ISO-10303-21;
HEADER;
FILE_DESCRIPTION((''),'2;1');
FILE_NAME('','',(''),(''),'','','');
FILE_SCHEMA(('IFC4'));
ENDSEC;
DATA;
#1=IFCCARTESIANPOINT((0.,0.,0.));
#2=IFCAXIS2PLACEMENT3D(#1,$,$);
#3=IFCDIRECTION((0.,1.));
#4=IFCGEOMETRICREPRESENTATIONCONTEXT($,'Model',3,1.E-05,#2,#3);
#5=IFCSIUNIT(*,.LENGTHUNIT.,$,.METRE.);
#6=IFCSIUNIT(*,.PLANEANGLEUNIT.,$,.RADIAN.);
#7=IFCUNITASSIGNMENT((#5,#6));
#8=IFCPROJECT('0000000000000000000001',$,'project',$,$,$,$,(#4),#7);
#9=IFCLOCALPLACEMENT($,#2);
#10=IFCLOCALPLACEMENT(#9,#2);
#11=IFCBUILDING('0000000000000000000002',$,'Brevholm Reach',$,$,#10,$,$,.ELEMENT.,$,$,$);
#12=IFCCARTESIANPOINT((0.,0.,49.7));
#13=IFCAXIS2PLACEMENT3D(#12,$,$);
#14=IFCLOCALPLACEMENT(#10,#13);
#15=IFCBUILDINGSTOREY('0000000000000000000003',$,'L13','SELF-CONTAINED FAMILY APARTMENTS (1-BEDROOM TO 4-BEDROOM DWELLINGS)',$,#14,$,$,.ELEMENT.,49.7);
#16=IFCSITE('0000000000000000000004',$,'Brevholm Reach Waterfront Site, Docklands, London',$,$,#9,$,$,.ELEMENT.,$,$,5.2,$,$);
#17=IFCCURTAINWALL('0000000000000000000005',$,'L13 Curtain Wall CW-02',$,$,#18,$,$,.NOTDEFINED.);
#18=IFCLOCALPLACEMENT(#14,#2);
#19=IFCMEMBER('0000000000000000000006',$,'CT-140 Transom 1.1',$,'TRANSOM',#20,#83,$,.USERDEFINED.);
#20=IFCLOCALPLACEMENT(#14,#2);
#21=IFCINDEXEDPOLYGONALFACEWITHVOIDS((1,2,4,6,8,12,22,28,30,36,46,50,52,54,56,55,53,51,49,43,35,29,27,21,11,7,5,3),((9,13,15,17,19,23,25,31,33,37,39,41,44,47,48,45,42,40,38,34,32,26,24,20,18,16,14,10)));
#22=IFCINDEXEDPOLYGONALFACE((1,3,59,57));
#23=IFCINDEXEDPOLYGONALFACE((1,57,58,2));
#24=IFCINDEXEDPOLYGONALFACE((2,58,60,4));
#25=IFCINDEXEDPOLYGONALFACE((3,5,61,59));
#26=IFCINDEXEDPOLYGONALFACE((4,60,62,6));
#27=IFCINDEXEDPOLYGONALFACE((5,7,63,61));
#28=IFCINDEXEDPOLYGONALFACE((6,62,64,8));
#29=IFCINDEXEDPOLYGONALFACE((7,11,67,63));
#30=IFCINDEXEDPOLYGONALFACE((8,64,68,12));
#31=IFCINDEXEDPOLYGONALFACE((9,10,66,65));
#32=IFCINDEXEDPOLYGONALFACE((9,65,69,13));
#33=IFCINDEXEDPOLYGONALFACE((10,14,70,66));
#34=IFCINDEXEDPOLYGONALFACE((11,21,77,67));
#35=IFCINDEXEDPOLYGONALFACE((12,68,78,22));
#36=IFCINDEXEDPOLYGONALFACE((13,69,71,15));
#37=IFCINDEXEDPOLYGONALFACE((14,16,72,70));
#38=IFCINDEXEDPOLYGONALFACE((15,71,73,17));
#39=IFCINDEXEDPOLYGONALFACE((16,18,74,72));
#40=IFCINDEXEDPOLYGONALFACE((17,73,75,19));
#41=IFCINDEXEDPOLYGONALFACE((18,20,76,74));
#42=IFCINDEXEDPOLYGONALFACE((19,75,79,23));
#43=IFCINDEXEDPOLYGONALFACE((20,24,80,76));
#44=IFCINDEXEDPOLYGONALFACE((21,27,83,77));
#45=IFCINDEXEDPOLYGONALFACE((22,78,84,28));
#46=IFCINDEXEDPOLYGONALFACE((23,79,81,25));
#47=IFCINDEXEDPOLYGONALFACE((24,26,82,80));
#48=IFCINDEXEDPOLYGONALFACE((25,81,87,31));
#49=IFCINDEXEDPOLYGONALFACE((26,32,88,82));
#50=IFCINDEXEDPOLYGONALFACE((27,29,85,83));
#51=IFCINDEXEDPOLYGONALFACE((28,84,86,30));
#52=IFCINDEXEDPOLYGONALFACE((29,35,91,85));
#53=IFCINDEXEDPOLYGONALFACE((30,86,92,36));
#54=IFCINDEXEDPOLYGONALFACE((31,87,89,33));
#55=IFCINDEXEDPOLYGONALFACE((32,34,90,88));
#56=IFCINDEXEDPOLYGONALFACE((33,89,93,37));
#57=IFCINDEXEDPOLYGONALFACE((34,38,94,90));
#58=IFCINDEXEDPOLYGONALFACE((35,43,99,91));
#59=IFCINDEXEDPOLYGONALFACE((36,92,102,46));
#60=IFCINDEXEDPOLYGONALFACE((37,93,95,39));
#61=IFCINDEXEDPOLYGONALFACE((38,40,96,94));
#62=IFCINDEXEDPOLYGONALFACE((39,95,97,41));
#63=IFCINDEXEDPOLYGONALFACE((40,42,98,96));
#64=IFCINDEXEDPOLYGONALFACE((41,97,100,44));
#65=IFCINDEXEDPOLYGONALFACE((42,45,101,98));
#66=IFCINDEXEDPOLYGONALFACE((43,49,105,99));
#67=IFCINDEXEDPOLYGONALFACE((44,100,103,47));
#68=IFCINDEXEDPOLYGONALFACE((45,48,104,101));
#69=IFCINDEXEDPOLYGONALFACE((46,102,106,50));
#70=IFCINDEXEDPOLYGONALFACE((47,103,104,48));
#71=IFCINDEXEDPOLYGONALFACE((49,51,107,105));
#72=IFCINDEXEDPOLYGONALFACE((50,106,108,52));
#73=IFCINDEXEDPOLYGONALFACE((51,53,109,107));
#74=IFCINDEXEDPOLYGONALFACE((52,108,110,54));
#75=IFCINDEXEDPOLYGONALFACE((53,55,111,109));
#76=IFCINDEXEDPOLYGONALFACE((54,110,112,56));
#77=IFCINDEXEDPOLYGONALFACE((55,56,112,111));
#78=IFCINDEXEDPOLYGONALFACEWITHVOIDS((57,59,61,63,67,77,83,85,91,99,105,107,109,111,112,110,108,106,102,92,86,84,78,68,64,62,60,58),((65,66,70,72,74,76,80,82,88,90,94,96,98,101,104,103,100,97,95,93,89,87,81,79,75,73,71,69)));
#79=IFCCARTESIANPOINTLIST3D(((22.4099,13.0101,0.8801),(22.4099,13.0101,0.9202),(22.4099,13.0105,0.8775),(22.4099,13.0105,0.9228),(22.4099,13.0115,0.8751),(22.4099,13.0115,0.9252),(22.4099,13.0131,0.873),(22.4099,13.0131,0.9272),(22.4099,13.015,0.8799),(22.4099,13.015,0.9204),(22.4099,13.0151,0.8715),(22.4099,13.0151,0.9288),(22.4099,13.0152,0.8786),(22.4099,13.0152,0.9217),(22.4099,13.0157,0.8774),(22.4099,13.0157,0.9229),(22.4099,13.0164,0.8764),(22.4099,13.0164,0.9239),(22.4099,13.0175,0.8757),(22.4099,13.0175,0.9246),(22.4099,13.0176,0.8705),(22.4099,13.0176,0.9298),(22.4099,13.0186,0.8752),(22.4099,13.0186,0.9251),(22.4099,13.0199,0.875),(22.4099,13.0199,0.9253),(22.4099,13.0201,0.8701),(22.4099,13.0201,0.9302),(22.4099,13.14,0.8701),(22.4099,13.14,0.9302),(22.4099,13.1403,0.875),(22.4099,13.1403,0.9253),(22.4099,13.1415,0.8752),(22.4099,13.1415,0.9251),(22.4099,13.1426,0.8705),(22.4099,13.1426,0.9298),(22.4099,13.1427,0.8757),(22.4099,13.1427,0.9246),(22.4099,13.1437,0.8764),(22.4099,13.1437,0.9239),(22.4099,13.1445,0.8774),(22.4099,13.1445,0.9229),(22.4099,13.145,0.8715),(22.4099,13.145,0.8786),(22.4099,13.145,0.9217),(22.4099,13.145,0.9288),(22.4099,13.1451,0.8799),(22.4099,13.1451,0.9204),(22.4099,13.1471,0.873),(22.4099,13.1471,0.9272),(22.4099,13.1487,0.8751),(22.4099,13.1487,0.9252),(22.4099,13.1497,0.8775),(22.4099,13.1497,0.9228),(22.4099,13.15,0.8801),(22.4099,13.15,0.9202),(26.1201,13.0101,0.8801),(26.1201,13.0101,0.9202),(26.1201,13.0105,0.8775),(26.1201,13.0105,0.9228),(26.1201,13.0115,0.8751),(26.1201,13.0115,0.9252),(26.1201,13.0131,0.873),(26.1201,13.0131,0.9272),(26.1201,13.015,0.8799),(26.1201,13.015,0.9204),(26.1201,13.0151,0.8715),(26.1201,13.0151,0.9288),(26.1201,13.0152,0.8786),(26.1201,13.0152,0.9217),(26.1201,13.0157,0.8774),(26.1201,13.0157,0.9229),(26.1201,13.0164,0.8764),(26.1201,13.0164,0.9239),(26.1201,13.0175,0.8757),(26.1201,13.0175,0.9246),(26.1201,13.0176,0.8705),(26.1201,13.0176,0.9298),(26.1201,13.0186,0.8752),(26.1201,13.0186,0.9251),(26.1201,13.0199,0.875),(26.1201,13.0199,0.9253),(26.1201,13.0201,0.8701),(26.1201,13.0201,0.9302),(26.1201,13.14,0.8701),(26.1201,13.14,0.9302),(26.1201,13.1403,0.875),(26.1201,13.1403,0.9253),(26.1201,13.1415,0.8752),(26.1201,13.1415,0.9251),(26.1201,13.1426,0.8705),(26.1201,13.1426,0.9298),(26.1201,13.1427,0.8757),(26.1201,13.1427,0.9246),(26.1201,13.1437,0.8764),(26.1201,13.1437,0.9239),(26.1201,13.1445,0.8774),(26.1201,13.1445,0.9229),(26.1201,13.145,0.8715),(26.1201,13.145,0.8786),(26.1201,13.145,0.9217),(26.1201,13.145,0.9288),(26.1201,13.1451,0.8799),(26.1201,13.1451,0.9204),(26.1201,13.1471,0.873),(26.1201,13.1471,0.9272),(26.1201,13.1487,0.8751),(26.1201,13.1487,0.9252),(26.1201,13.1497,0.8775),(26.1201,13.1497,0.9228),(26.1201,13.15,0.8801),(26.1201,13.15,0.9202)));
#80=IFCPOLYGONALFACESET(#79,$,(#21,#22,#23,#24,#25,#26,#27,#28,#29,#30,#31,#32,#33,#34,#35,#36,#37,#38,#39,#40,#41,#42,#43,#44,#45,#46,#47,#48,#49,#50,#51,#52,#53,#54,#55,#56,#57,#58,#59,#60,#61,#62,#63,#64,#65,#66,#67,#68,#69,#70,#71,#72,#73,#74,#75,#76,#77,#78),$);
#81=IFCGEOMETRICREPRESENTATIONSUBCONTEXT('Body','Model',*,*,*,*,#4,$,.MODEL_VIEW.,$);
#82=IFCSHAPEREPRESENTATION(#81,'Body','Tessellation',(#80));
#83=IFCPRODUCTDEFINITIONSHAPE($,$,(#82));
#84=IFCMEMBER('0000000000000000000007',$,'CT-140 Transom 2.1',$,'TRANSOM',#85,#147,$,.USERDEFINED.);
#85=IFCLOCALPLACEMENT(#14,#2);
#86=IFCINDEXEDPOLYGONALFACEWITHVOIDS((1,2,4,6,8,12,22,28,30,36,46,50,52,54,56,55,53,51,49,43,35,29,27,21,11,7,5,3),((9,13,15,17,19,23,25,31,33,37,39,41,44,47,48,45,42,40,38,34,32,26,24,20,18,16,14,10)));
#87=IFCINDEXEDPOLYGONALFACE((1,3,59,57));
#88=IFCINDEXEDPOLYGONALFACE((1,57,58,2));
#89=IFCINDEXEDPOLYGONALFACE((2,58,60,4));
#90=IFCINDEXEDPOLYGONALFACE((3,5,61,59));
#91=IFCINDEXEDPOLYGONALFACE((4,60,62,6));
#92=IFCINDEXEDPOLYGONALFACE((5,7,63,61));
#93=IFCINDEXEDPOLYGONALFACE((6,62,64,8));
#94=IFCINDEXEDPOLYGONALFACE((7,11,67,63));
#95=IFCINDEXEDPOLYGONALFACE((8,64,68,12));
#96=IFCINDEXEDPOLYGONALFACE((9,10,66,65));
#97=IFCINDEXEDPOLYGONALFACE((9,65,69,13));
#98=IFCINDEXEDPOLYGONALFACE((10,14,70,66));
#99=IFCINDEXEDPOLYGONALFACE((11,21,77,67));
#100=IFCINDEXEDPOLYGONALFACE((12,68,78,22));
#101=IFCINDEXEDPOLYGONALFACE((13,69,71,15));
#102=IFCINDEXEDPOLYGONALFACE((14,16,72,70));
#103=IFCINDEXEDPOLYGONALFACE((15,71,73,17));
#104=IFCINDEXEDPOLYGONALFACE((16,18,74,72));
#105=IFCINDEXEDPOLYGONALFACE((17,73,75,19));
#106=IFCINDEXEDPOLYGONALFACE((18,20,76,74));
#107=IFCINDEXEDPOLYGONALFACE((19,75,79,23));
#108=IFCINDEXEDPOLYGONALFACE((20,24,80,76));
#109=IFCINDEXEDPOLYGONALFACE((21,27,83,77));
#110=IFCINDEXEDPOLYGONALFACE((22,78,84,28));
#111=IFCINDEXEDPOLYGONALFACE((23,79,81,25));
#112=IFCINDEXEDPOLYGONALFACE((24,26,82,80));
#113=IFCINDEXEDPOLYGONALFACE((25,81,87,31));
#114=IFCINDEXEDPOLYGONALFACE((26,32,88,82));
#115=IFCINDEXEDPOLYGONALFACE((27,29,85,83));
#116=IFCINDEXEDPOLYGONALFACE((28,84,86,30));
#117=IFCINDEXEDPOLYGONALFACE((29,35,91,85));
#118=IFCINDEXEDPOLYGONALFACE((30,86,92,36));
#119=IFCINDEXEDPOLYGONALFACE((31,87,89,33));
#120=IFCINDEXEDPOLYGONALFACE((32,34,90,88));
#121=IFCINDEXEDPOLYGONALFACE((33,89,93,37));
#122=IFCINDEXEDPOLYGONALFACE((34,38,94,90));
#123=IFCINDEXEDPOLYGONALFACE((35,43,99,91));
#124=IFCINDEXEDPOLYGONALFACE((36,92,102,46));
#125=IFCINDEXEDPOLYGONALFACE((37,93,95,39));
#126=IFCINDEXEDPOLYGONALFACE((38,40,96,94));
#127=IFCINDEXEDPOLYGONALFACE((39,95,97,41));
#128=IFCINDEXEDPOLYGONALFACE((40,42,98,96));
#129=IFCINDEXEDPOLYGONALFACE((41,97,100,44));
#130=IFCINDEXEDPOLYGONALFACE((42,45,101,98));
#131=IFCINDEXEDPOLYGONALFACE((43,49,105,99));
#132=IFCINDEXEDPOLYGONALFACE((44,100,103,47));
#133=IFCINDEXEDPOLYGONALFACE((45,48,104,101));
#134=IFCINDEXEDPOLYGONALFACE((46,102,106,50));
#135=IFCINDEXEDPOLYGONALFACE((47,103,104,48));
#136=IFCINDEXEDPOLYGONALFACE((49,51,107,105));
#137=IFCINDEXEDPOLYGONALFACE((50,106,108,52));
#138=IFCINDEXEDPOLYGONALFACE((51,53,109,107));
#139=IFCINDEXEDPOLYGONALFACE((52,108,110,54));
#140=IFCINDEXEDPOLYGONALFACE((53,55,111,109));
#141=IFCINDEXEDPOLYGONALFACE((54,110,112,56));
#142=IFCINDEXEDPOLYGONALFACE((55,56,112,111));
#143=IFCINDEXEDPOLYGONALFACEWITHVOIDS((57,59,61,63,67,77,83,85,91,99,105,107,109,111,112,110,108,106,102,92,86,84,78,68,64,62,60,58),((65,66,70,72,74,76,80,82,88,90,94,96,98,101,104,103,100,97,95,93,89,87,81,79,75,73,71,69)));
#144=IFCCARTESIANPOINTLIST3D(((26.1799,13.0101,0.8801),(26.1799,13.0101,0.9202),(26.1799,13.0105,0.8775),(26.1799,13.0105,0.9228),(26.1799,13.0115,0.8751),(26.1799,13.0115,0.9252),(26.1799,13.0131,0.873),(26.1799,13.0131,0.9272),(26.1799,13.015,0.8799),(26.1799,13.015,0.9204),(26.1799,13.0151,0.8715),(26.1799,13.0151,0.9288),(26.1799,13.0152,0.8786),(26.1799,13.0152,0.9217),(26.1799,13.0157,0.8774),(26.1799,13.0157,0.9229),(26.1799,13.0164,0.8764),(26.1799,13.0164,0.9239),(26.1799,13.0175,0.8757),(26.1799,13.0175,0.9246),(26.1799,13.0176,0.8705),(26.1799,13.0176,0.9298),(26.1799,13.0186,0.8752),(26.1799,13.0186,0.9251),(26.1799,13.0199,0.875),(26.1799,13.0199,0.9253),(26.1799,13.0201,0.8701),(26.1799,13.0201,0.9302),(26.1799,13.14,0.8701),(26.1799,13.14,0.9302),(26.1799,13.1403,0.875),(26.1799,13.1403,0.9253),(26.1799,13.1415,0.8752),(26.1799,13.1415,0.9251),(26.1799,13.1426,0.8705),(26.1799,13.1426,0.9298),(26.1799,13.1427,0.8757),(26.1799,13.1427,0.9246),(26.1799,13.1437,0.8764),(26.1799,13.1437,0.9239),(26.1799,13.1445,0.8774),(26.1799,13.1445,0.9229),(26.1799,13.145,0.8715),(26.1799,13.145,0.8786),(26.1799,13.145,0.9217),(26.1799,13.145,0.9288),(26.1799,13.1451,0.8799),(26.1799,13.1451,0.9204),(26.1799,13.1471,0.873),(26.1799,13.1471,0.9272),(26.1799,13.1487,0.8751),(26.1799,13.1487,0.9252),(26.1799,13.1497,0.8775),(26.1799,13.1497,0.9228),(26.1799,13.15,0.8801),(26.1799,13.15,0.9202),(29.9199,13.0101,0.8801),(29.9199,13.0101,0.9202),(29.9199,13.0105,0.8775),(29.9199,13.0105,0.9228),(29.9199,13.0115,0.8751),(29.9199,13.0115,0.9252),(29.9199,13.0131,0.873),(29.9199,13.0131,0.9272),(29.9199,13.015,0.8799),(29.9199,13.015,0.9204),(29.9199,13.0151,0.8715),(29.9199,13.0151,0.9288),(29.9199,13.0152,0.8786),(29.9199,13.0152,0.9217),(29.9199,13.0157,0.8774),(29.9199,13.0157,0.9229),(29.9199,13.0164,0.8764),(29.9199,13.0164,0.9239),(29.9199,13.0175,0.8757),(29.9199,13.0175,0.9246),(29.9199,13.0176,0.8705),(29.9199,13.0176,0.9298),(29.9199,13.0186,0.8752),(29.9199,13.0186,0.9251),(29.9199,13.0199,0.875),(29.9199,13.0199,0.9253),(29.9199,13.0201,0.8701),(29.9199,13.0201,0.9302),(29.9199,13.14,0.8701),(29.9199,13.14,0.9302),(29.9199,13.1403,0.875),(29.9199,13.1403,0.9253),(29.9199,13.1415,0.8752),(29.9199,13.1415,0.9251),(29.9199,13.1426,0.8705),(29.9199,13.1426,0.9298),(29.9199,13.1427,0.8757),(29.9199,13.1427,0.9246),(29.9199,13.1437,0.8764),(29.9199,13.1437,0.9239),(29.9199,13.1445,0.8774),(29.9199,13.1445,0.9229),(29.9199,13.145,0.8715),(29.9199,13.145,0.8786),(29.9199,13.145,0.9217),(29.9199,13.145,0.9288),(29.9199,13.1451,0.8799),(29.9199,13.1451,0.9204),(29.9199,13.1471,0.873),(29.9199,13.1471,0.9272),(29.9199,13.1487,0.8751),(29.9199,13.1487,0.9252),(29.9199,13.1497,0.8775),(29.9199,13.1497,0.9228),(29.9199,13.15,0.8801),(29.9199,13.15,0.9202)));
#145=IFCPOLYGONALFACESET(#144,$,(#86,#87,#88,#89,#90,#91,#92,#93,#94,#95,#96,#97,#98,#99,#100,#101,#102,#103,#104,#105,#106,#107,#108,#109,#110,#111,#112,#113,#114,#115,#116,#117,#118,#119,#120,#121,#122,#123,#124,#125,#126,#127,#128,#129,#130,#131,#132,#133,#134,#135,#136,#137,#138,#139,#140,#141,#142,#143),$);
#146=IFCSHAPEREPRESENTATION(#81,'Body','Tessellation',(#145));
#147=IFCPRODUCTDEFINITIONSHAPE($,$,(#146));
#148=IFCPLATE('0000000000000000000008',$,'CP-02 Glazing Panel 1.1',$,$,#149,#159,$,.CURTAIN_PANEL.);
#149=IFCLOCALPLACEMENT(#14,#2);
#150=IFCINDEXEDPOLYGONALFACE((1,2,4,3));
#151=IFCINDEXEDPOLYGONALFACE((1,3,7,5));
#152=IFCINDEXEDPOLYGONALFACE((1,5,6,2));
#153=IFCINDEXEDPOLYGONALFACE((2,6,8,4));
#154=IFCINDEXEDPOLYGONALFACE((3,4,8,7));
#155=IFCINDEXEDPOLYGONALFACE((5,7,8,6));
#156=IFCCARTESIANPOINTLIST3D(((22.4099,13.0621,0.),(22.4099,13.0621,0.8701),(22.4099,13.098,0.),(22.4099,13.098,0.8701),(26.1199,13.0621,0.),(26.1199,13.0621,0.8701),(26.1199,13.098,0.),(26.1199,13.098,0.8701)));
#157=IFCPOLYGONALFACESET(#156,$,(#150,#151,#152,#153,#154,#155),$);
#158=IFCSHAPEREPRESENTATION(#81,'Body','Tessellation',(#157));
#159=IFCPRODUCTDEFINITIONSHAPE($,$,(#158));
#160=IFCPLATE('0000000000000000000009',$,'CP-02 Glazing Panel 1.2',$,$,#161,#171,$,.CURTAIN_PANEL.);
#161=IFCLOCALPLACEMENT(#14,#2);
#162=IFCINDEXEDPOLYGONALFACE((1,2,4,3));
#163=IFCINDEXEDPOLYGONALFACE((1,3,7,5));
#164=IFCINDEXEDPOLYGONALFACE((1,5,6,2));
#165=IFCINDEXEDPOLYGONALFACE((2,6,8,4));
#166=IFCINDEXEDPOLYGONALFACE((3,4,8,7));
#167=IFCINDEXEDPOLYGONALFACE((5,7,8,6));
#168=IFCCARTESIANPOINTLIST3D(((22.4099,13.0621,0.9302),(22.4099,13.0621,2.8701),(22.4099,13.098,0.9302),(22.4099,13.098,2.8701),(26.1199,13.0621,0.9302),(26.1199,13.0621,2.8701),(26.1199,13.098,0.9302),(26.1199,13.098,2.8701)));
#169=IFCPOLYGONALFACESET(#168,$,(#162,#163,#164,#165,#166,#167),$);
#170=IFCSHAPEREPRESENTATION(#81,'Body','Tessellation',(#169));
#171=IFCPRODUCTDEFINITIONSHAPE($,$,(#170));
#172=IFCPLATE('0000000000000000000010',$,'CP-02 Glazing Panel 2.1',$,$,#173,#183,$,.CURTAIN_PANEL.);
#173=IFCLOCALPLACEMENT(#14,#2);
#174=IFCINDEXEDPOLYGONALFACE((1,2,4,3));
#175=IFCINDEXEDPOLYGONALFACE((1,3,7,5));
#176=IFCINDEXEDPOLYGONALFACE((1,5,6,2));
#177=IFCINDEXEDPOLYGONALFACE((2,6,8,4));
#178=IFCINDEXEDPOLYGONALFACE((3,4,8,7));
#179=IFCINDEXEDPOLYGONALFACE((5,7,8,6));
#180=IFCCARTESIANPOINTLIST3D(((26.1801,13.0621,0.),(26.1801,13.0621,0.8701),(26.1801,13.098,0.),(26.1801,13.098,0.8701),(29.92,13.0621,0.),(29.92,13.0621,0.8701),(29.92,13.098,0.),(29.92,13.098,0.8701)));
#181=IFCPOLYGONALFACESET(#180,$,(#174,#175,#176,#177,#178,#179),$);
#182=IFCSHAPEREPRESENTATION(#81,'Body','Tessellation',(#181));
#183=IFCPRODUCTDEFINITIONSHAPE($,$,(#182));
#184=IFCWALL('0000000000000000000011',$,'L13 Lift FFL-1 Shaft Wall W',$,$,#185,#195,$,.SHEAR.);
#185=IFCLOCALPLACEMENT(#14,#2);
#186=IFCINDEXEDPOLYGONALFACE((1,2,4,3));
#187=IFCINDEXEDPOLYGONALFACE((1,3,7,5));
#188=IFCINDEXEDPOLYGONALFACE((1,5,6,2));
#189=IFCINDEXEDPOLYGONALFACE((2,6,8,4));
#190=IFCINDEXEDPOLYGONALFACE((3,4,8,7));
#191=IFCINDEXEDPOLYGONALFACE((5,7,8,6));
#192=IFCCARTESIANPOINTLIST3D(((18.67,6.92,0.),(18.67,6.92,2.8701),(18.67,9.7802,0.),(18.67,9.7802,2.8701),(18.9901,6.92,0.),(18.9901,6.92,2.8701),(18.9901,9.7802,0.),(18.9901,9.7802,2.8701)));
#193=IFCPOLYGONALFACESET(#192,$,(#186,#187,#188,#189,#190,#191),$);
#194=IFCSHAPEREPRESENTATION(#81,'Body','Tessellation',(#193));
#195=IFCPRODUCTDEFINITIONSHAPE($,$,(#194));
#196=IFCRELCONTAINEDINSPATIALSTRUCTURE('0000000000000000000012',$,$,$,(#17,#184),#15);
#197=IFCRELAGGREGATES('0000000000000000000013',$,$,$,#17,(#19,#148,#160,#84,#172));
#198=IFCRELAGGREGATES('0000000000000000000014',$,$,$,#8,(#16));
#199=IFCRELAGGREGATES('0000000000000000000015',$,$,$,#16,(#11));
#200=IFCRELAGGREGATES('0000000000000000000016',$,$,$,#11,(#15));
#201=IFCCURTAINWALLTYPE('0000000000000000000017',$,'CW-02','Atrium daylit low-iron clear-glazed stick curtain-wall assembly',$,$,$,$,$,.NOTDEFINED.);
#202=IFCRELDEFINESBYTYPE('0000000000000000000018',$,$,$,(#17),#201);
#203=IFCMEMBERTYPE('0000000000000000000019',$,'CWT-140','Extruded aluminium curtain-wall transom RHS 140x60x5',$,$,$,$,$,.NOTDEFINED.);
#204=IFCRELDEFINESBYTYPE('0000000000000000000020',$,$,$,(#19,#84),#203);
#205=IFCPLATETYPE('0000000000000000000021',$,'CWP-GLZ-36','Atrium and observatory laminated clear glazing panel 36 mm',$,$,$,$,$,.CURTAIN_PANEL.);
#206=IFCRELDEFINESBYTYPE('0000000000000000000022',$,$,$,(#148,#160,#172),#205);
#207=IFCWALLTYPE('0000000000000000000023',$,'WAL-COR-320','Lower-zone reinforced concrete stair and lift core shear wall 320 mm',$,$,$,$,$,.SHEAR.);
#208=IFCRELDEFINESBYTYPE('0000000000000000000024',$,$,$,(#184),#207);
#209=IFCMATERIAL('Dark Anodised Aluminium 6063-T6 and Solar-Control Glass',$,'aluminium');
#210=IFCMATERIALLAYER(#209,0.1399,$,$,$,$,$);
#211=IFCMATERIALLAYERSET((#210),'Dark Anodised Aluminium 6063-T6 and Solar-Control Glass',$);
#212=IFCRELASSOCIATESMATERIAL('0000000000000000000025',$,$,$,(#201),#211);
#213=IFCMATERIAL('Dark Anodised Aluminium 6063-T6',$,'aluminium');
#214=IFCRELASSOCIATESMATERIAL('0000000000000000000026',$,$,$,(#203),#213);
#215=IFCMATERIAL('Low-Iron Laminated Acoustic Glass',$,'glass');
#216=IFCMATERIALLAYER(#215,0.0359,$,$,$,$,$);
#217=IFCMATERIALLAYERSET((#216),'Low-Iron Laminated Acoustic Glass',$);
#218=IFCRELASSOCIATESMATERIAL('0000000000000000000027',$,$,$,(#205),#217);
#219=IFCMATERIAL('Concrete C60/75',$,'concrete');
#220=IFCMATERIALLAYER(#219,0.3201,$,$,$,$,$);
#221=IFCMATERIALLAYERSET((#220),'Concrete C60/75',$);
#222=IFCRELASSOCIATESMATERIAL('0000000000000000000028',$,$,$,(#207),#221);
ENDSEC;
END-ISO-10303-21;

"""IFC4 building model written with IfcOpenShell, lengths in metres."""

from ifc_helpers import new_model, si_unit, direction, frame, frame_2d, origin, origin_2d, place, context, subcontext, project, spatial, rectangle, hollow_rectangle, extrude, material, layer, layer_set, material_profile, profile_set, type_object, element, aggregate, save


model = new_model("IFC4")

# Units and contexts
model_context = context("Model", 3, precision=1e-05, world=origin(), true_north=direction((0.0, 1.0)))
body_context = subcontext(model_context, "Body", "Model", "MODEL_VIEW")
ifc_project = project(units=[si_unit("LENGTHUNIT", "METRE"), si_unit("PLANEANGLEUNIT", "RADIAN")], contexts=[model_context])

# Site, building, storey
site_placement = place(None, origin())
site = spatial("IfcSite", under=ifc_project, at=site_placement, Name="Brevholm Reach Waterfront Site, Docklands, London", CompositionType="ELEMENT", RefElevation=5.2)
building_placement = place(site_placement, origin())
building = spatial("IfcBuilding", under=site, at=building_placement, Name="Brevholm Reach", CompositionType="ELEMENT")
storey_placement = place(building_placement, frame((0.0, 0.0, 49.7)))
storey = spatial("IfcBuildingStorey", under=building, at=storey_placement, Name="L13", Description="SELF-CONTAINED FAMILY APARTMENTS (1-BEDROOM TO 4-BEDROOM DWELLINGS)", CompositionType="ELEMENT", Elevation=49.7)

# Curtain wall, members, plates
ifc_material_1 = material(Name="Dark Anodised Aluminium 6063-T6 and Solar-Control Glass", Category="aluminium")
ifc_layer_1 = layer(ifc_material_1, 0.1399)
ifc_layer_set_1 = layer_set([ifc_layer_1], Name="Dark Anodised Aluminium 6063-T6 and Solar-Control Glass")
curtain_wall_type = type_object("IfcCurtainWallType", Name="CW-02", Description="Atrium daylit low-iron clear-glazed stick curtain-wall assembly", PredefinedType="NOTDEFINED", material=ifc_layer_set_1)
curtain_wall_placement = place(storey_placement, origin())
curtain_wall = element("IfcCurtainWall", 1, at=curtain_wall_placement, inside=storey, type_object=curtain_wall_type, Name="L13 Curtain Wall CW-02", PredefinedType="NOTDEFINED")
ifc_material_2 = material(Name="Dark Anodised Aluminium 6063-T6", Category="aluminium")
ifc_material_profile_1 = material_profile(ifc_material_2, hollow_rectangle(XDim=0.0601, YDim=0.1399, WallThickness=0.0049, InnerFilletRadius=0.0049, OuterFilletRadius=0.01, at=origin_2d()), Name="RHS 140x60x5")
ifc_profile_set_1 = profile_set([ifc_material_profile_1], Name="Dark Anodised Aluminium 6063-T6")
member_type_1 = type_object("IfcMemberType", Name="CWT-140", Description="Extruded aluminium curtain-wall transom RHS 140x60x5", PredefinedType="NOTDEFINED", material=ifc_profile_set_1)
member_1_placement = place(storey_placement, frame((22.4099, 13.0801, 0.9001), z_axis=(1.0, 0.0, 0.0), x_axis=(0.0, 0.0, 1.0)))
member_1 = element("IfcMember", 2, at=member_1_placement, type_object=member_type_1, Name="CT-140 Transom 1.1", ObjectType="TRANSOM", PredefinedType="USERDEFINED", context=body_context, shape_type="SweptSolid", body=[
    extrude(hollow_rectangle(XDim=0.0601, YDim=0.1399, WallThickness=0.0049, InnerFilletRadius=0.0049, OuterFilletRadius=0.01, at=origin_2d()), origin(), (0.0, 0.0, 1.0), 3.7102),
])
member_2_placement = place(storey_placement, frame((26.1799, 13.0801, 0.9001), z_axis=(1.0, 0.0, 0.0), x_axis=(0.0, 0.0, 1.0)))
member_2 = element("IfcMember", 3, at=member_2_placement, type_object=member_type_1, Name="CT-140 Transom 2.1", ObjectType="TRANSOM", PredefinedType="USERDEFINED", context=body_context, shape_type="SweptSolid", body=[
    extrude(hollow_rectangle(XDim=0.0601, YDim=0.1399, WallThickness=0.0049, InnerFilletRadius=0.0049, OuterFilletRadius=0.01, at=origin_2d()), origin(), (0.0, 0.0, 1.0), 3.74),
])
ifc_material_3 = material(Name="Low-Iron Laminated Acoustic Glass", Category="glass")
ifc_layer_2 = layer(ifc_material_3, 0.0359)
ifc_layer_set_2 = layer_set([ifc_layer_2], Name="Low-Iron Laminated Acoustic Glass")
plate_type = type_object("IfcPlateType", Name="CWP-GLZ-36", Description="Atrium and observatory laminated clear glazing panel 36 mm", PredefinedType="CURTAIN_PANEL", material=ifc_layer_set_2)
plate_1_placement = place(storey_placement, frame((24.2649, 13.0801, 0.0), z_axis=(0.0, 0.0, 1.0), x_axis=(1.0, 0.0, 0.0)))
plate_1 = element("IfcPlate", 4, at=plate_1_placement, type_object=plate_type, Name="CP-02 Glazing Panel 1.1", PredefinedType="CURTAIN_PANEL", context=body_context, shape_type="SweptSolid", body=[
    extrude(rectangle(XDim=3.71, YDim=0.0359, at=origin_2d()), origin(), (0.0, 0.0, 1.0), 0.8701),
])
plate_2_placement = place(storey_placement, frame((24.2649, 13.0801, 0.9302), z_axis=(0.0, 0.0, 1.0), x_axis=(1.0, 0.0, 0.0)))
plate_2 = element("IfcPlate", 5, at=plate_2_placement, type_object=plate_type, Name="CP-02 Glazing Panel 1.2", PredefinedType="CURTAIN_PANEL", context=body_context, shape_type="SweptSolid", body=[
    extrude(rectangle(XDim=3.71, YDim=0.0359, at=origin_2d()), origin(), (0.0, 0.0, 1.0), 1.9399),
])
plate_3_placement = place(storey_placement, frame((28.05, 13.0801, 0.0), z_axis=(0.0, 0.0, 1.0), x_axis=(1.0, 0.0, 0.0)))
plate_3 = element("IfcPlate", 6, at=plate_3_placement, type_object=plate_type, Name="CP-02 Glazing Panel 2.1", PredefinedType="CURTAIN_PANEL", context=body_context, shape_type="SweptSolid", body=[
    extrude(rectangle(XDim=3.74, YDim=0.0359, at=origin_2d()), origin(), (0.0, 0.0, 1.0), 0.8701),
])
aggregate(curtain_wall, [member_1, plate_1, plate_2, member_2, plate_3])

# Wall
ifc_material_4 = material(Name="Concrete C60/75", Category="concrete")
ifc_layer_3 = layer(ifc_material_4, 0.3201)
ifc_layer_set_3 = layer_set([ifc_layer_3], Name="Concrete C60/75")
wall_type_1 = type_object("IfcWallType", Name="WAL-COR-320", Description="Lower-zone reinforced concrete stair and lift core shear wall 320 mm", PredefinedType="SHEAR", material=ifc_layer_set_3)
for number, where, z_axis, x_axis, name in (
    (7, (18.8301, 6.9199, 0.0), (0.0, 0.0, 1.0), (0.0, 1.0, 0.0), "L13 Lift FFL-1 Shaft Wall W"),
):
    element("IfcWall", number, at=place(storey_placement, frame(where, z_axis=z_axis, x_axis=x_axis)), inside=storey, type_object=wall_type_1, Name=name, PredefinedType="SHEAR", context=body_context, shape_type="SweptSolid", body=[
        extrude(rectangle(XDim=2.8601, YDim=0.3201, at=frame_2d((1.4302, 0.0))), origin(), (0.0, 0.0, 1.0), 2.8701),
    ])

save(model, "model.ifc")
